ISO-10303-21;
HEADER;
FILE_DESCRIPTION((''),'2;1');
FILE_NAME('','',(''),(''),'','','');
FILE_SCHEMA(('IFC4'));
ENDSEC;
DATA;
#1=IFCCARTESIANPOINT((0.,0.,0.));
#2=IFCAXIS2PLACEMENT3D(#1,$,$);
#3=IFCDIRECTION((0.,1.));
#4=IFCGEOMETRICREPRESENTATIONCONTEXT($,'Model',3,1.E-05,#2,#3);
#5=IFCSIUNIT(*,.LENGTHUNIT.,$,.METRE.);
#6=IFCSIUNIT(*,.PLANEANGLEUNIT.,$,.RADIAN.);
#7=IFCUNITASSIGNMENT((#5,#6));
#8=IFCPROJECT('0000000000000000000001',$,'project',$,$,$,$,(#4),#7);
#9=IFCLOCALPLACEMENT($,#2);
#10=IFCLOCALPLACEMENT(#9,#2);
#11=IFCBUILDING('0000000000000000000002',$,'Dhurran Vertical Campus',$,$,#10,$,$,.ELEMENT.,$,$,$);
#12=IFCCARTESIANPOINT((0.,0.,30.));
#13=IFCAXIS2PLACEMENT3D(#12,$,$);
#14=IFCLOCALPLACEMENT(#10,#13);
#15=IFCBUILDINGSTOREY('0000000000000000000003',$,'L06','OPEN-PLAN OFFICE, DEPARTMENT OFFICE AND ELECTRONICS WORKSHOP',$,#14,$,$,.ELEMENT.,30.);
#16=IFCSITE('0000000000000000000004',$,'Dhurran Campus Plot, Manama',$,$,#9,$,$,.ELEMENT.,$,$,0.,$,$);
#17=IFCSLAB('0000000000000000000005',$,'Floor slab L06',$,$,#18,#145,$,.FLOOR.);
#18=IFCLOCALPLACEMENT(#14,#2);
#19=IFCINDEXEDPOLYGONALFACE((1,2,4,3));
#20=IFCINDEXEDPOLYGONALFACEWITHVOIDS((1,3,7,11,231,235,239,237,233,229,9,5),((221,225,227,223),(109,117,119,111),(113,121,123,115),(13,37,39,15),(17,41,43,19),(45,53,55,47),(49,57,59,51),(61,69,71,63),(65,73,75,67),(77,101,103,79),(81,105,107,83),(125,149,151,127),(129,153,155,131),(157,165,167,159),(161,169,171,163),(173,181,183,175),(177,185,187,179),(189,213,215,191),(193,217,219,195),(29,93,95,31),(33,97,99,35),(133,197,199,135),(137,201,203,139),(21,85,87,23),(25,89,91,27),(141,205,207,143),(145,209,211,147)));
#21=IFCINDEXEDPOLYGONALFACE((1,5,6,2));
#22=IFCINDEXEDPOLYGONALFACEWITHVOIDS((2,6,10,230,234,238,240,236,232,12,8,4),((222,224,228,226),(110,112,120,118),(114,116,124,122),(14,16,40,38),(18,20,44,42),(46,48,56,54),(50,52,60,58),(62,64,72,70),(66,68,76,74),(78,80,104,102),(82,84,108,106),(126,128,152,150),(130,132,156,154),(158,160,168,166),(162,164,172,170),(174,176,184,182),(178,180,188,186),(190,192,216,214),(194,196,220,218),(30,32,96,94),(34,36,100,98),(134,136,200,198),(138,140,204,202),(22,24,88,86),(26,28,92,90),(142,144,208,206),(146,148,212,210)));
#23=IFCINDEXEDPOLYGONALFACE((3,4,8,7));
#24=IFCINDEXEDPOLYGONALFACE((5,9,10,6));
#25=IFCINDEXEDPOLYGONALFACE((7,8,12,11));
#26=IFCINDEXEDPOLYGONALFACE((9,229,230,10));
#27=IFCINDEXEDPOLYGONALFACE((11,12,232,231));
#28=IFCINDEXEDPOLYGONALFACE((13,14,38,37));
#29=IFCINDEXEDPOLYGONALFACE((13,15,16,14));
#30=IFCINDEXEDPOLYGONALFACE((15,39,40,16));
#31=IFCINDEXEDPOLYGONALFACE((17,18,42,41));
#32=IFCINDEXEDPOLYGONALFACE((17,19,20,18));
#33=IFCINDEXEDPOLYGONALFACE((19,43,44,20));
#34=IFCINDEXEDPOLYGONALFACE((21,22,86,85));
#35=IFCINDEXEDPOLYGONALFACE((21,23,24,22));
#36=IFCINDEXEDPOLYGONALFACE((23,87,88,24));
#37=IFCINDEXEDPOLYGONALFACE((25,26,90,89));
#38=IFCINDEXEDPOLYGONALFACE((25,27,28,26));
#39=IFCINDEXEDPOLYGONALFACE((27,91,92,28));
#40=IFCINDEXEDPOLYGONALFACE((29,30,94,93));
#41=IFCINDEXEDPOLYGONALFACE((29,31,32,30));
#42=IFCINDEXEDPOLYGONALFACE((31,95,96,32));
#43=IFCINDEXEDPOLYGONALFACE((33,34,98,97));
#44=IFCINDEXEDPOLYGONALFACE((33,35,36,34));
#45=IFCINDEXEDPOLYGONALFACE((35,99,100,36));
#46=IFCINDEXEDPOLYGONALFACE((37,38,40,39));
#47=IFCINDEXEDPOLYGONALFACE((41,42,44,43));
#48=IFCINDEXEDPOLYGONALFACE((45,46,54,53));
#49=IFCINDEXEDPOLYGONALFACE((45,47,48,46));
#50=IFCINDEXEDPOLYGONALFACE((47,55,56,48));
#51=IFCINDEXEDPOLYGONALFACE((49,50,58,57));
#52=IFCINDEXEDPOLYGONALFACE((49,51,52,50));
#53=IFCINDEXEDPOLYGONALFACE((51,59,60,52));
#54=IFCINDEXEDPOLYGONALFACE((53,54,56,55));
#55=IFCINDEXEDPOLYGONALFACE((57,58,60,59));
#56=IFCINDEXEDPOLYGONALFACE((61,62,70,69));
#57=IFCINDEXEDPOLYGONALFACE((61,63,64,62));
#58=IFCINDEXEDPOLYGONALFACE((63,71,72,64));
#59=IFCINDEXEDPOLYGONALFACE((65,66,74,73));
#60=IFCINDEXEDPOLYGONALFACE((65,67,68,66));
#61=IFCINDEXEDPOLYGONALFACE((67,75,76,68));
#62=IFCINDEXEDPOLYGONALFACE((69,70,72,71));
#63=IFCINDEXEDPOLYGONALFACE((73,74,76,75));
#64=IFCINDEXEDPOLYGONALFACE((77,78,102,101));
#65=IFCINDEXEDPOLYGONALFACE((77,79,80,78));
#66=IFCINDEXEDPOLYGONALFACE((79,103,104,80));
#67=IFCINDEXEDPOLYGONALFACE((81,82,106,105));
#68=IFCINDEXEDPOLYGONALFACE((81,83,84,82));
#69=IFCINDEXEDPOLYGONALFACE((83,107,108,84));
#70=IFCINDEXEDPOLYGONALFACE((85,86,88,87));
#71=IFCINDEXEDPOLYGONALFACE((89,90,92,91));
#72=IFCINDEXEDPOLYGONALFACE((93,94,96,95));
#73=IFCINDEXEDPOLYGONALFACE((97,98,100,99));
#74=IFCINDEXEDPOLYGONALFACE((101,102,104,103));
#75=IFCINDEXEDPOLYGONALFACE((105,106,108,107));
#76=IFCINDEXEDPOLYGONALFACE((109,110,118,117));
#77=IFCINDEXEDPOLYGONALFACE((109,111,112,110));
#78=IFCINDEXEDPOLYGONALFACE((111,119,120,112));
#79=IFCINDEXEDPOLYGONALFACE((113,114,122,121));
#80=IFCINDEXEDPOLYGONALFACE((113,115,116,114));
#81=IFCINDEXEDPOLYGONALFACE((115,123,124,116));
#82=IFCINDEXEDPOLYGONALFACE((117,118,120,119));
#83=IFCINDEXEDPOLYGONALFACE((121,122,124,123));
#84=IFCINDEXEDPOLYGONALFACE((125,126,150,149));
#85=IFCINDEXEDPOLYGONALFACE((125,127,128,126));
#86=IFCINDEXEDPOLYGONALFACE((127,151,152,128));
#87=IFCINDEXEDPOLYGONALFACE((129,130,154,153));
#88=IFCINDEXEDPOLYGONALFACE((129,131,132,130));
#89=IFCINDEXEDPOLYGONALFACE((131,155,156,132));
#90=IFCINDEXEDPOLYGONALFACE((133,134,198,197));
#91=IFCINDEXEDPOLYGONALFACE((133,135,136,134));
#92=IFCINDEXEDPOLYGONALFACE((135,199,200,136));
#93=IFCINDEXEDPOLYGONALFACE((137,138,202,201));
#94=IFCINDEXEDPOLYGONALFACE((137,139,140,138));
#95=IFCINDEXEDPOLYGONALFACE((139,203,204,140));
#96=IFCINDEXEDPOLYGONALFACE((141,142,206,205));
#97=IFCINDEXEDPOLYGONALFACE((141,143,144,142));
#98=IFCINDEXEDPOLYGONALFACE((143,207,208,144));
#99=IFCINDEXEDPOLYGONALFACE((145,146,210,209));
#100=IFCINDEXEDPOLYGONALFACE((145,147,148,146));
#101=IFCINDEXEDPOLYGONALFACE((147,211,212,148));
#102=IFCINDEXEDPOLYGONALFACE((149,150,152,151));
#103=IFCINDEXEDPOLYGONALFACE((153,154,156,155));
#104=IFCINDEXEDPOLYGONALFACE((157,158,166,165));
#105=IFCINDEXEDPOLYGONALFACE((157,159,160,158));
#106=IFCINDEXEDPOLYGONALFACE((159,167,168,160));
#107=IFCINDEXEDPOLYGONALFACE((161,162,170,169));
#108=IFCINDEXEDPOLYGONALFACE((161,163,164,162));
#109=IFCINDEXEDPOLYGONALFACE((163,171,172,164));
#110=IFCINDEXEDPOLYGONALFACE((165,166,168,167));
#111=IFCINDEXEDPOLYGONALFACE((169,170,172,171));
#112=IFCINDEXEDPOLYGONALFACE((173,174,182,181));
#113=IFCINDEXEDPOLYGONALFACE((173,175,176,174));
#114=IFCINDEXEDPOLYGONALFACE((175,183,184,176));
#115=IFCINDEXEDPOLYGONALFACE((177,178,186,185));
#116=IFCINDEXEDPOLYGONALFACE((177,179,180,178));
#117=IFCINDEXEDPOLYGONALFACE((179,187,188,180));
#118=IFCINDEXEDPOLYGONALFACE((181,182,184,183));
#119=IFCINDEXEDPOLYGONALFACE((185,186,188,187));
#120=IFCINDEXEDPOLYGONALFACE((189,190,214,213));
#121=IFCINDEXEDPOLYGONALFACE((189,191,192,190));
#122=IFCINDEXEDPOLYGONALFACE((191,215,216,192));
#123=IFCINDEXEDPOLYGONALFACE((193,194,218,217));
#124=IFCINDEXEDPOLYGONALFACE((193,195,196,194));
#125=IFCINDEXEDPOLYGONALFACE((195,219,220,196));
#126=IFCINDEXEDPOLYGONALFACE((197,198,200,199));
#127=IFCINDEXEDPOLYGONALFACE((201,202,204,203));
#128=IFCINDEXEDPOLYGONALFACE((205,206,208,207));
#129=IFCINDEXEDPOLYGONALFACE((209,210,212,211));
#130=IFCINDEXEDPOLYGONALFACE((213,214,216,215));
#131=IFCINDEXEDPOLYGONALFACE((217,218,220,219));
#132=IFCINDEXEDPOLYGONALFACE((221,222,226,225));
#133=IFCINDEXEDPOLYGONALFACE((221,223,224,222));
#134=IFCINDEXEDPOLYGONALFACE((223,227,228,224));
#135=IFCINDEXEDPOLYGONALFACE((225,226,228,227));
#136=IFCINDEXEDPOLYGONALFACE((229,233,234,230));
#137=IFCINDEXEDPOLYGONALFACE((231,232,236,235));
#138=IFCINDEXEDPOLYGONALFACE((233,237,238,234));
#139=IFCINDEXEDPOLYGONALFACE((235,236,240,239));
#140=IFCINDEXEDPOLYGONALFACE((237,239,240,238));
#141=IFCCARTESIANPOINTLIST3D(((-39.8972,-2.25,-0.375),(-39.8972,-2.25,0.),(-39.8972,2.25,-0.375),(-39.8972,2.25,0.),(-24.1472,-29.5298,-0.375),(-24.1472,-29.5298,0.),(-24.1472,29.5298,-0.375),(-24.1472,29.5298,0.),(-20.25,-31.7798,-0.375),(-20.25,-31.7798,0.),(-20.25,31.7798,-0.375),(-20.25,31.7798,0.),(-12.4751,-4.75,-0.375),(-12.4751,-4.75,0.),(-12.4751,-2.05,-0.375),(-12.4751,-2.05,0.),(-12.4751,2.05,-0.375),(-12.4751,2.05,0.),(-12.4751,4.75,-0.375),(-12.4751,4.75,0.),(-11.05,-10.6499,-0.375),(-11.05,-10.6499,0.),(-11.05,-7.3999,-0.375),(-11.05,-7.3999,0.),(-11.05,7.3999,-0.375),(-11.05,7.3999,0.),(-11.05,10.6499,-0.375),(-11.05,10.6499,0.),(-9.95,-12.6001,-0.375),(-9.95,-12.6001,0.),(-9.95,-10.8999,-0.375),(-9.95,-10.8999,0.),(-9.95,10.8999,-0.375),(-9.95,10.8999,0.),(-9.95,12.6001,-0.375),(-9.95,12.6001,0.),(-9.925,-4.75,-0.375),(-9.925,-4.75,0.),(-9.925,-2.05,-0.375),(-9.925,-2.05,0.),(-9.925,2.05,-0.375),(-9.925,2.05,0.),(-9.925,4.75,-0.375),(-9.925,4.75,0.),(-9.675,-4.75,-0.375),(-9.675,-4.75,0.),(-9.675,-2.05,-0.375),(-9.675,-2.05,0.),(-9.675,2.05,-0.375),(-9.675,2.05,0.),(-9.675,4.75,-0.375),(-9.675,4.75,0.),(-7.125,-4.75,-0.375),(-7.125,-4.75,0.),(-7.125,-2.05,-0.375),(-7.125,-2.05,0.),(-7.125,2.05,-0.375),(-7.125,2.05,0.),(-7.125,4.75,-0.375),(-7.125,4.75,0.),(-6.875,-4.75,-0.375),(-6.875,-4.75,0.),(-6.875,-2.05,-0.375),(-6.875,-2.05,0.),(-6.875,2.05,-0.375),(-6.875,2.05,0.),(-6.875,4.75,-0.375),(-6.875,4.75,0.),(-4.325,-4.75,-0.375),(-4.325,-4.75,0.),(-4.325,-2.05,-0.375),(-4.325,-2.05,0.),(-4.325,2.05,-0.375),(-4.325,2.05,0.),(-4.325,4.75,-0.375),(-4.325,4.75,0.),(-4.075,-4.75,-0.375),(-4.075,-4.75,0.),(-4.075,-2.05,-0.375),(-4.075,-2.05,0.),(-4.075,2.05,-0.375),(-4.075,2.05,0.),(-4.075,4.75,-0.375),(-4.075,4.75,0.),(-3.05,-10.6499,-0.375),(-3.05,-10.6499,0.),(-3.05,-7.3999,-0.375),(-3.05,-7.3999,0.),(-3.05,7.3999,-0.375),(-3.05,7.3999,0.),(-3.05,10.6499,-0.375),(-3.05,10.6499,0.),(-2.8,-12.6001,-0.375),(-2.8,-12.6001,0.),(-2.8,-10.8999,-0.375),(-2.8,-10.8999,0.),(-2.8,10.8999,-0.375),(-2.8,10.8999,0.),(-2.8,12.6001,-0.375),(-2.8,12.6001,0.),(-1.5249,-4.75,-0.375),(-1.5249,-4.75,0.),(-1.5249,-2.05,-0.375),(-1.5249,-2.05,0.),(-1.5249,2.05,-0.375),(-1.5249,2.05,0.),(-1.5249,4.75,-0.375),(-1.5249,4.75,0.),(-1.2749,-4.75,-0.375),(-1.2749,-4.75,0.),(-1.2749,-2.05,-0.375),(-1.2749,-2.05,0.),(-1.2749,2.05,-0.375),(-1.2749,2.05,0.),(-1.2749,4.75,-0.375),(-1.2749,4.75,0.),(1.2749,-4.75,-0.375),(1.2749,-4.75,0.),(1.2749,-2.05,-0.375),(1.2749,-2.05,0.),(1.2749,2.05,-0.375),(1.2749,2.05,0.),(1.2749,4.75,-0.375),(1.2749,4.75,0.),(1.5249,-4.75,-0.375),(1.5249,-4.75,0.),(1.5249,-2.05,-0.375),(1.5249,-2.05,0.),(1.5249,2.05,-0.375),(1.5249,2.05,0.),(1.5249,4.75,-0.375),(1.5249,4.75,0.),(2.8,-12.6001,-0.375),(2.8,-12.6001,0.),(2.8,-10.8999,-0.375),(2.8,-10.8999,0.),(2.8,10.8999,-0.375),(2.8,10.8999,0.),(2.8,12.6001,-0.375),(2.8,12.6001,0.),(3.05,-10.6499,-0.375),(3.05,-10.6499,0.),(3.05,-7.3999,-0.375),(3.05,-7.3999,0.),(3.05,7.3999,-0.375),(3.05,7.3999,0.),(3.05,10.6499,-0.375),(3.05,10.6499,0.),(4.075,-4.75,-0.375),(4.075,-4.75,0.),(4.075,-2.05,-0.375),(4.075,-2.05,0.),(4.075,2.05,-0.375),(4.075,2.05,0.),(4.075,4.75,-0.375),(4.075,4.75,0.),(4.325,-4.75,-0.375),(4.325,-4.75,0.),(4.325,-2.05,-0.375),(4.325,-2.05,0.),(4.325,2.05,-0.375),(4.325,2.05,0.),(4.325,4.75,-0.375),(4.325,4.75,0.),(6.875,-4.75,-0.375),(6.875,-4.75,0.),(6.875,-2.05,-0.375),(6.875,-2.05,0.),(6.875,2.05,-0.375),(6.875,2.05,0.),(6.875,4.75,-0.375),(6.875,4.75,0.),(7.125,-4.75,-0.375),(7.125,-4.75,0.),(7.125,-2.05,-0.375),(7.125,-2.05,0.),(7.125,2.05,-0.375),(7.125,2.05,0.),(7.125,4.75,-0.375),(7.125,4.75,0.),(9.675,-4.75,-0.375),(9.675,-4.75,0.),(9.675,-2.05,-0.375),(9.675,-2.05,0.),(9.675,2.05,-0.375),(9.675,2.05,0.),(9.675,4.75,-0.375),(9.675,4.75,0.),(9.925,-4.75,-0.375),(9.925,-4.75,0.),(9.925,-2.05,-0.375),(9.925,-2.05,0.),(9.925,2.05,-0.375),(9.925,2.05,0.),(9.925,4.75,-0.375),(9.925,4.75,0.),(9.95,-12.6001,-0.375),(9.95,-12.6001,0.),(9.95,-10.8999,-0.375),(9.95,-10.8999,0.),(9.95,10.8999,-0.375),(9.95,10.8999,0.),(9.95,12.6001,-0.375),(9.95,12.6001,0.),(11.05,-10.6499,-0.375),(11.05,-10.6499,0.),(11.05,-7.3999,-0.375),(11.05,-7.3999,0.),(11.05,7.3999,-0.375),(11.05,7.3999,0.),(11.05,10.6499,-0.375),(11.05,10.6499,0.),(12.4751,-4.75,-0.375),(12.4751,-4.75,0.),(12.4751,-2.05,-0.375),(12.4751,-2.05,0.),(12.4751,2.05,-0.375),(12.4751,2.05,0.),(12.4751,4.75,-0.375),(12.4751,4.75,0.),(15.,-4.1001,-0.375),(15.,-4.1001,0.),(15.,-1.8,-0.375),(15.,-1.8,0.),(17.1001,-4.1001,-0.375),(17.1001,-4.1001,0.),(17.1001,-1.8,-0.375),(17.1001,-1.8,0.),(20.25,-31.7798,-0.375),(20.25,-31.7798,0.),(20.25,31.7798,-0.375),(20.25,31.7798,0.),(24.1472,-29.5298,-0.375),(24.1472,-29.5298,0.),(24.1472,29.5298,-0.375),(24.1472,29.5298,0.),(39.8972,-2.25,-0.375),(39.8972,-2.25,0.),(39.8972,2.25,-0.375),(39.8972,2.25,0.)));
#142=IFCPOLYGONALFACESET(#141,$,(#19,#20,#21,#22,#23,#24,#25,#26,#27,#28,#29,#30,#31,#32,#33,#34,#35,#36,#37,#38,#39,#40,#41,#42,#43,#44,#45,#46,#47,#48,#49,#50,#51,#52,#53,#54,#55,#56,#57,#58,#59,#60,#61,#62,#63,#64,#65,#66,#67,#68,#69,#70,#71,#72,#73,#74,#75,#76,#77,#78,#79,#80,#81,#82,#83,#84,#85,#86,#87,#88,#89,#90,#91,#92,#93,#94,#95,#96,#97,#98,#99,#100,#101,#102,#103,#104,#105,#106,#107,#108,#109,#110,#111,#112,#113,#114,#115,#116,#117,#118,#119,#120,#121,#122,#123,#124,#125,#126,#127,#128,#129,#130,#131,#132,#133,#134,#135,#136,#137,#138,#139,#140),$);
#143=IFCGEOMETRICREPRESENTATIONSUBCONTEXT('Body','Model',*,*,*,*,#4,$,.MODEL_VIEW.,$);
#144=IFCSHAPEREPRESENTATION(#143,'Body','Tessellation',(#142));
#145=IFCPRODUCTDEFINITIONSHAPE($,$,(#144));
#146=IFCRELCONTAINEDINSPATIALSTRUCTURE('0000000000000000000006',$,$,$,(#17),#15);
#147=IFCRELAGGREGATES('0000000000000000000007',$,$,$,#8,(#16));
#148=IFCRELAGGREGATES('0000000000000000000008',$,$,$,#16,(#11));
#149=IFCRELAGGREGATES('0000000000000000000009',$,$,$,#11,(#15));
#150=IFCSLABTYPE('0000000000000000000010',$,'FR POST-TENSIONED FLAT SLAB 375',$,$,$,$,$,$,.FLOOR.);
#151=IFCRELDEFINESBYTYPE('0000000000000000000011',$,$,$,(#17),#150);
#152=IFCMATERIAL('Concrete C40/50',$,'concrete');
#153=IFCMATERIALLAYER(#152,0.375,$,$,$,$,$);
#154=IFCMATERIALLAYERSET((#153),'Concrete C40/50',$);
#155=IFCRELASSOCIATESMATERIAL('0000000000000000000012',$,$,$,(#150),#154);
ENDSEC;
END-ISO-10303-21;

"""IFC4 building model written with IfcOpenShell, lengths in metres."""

from ifc_helpers import new_model, si_unit, direction, frame, origin, place, context, subcontext, project, spatial, polyline, outline, extrude, material, layer, layer_set, type_object, element, save


model = new_model("IFC4")

# Units and contexts
model_context = context("Model", 3, precision=1e-05, world=origin(), true_north=direction((0.0, 1.0)))
body_context = subcontext(model_context, "Body", "Model", "MODEL_VIEW")
ifc_project = project(units=[si_unit("LENGTHUNIT", "METRE"), si_unit("PLANEANGLEUNIT", "RADIAN")], contexts=[model_context])

# Site, building, storey
site_placement = place(None, origin())
site = spatial("IfcSite", under=ifc_project, at=site_placement, Name="Dhurran Campus Plot, Manama", CompositionType="ELEMENT", RefElevation=0.0)
building_placement = place(site_placement, origin())
building = spatial("IfcBuilding", under=site, at=building_placement, Name="Dhurran Vertical Campus", CompositionType="ELEMENT")
storey_placement = place(building_placement, frame((0.0, 0.0, 30.0)))
storey = spatial("IfcBuildingStorey", under=building, at=storey_placement, Name="L06", Description="OPEN-PLAN OFFICE, DEPARTMENT OFFICE AND ELECTRONICS WORKSHOP", CompositionType="ELEMENT", Elevation=30.0)

# Slab
ifc_material_1 = material(Name="Concrete C40/50", Category="concrete")
ifc_layer_1 = layer(ifc_material_1, 0.375)
ifc_layer_set_1 = layer_set([ifc_layer_1], Name="Concrete C40/50")
slab_type = type_object("IfcSlabType", Name="FR POST-TENSIONED FLAT SLAB 375", PredefinedType="FLOOR", material=ifc_layer_set_1)
slab_placement = place(storey_placement, frame((0.0, 0.0, -0.375)))
element("IfcSlab", 1, at=slab_placement, inside=storey, type_object=slab_type, Name="Floor slab L06", PredefinedType="FLOOR", context=body_context, shape_type="SweptSolid", body=[
    extrude(outline(polyline([(-20.25, -31.7798), (20.25, -31.7798), (24.1472, -29.5298), (39.8972, -2.25), (39.8972, 2.25), (24.1472, 29.5298), (20.25, 31.7798), (-20.25, 31.7798), (-24.1472, 29.5298), (-39.8972, 2.25), (-39.8972, -2.25), (-24.1472, -29.5298), (-20.25, -31.7798)]), holes=[polyline([(-12.4751, 2.05), (-9.925, 2.05), (-9.925, 4.75), (-12.4751, 4.75), (-12.4751, 2.05)]), polyline([(-9.675, 2.05), (-7.125, 2.05), (-7.125, 4.75), (-9.675, 4.75), (-9.675, 2.05)]), polyline([(-6.875, 2.05), (-4.325, 2.05), (-4.325, 4.75), (-6.875, 4.75), (-6.875, 2.05)]), polyline([(-1.2749, 2.05), (1.2749, 2.05), (1.2749, 4.75), (-1.2749, 4.75), (-1.2749, 2.05)]), polyline([(9.925, 2.05), (12.4751, 2.05), (12.4751, 4.75), (9.925, 4.75), (9.925, 2.05)]), polyline([(-1.2749, -4.75), (1.2749, -4.75), (1.2749, -2.05), (-1.2749, -2.05), (-1.2749, -4.75)]), polyline([(1.5249, -4.75), (4.075, -4.75), (4.075, -2.05), (1.5249, -2.05), (1.5249, -4.75)]), polyline([(4.325, -4.75), (6.875, -4.75), (6.875, -2.05), (4.325, -2.05), (4.325, -4.75)]), polyline([(7.125, -4.75), (9.675, -4.75), (9.675, -2.05), (7.125, -2.05), (7.125, -4.75)]), polyline([(9.925, -4.75), (12.4751, -4.75), (12.4751, -2.05), (9.925, -2.05), (9.925, -4.75)]), polyline([(-4.075, 2.05), (-1.5249, 2.05), (-1.5249, 4.75), (-4.075, 4.75), (-4.075, 2.05)]), polyline([(1.5249, 2.05), (4.075, 2.05), (4.075, 4.75), (1.5249, 4.75), (1.5249, 2.05)]), polyline([(4.325, 2.05), (6.875, 2.05), (6.875, 4.75), (4.325, 4.75), (4.325, 2.05)]), polyline([(7.125, 2.05), (9.675, 2.05), (9.675, 4.75), (7.125, 4.75), (7.125, 2.05)]), polyline([(-12.4751, -4.75), (-9.925, -4.75), (-9.925, -2.05), (-12.4751, -2.05), (-12.4751, -4.75)]), polyline([(-9.675, -4.75), (-7.125, -4.75), (-7.125, -2.05), (-9.675, -2.05), (-9.675, -4.75)]), polyline([(-6.875, -4.75), (-4.325, -4.75), (-4.325, -2.05), (-6.875, -2.05), (-6.875, -4.75)]), polyline([(-4.075, -4.75), (-1.5249, -4.75), (-1.5249, -2.05), (-4.075, -2.05), (-4.075, -4.75)]), polyline([(-11.05, 7.3999), (-3.05, 7.3999), (-3.05, 10.6499), (-11.05, 10.6499), (-11.05, 7.3999)]), polyline([(3.05, 7.3999), (11.05, 7.3999), (11.05, 10.6499), (3.05, 10.6499), (3.05, 7.3999)]), polyline([(-11.05, -10.6499), (-3.05, -10.6499), (-3.05, -7.3999), (-11.05, -7.3999), (-11.05, -10.6499)]), polyline([(3.05, -10.6499), (11.05, -10.6499), (11.05, -7.3999), (3.05, -7.3999), (3.05, -10.6499)]), polyline([(-9.95, 10.8999), (-9.95, 12.6001), (-2.8, 12.6001), (-2.8, 10.8999), (-9.95, 10.8999)]), polyline([(9.95, 12.6001), (9.95, 10.8999), (2.8, 10.8999), (2.8, 12.6001), (9.95, 12.6001)]), polyline([(-9.95, -12.6001), (-9.95, -10.8999), (-2.8, -10.8999), (-2.8, -12.6001), (-9.95, -12.6001)]), polyline([(9.95, -10.8999), (9.95, -12.6001), (2.8, -12.6001), (2.8, -10.8999), (9.95, -10.8999)]), polyline([(17.1001, -4.1001), (15.0, -4.1001), (15.0, -1.8), (17.1001, -1.8), (17.1001, -4.1001)])]), origin(), (0.0, 0.0, 1.0), 0.375),
])

save(model, "model.ifc")
